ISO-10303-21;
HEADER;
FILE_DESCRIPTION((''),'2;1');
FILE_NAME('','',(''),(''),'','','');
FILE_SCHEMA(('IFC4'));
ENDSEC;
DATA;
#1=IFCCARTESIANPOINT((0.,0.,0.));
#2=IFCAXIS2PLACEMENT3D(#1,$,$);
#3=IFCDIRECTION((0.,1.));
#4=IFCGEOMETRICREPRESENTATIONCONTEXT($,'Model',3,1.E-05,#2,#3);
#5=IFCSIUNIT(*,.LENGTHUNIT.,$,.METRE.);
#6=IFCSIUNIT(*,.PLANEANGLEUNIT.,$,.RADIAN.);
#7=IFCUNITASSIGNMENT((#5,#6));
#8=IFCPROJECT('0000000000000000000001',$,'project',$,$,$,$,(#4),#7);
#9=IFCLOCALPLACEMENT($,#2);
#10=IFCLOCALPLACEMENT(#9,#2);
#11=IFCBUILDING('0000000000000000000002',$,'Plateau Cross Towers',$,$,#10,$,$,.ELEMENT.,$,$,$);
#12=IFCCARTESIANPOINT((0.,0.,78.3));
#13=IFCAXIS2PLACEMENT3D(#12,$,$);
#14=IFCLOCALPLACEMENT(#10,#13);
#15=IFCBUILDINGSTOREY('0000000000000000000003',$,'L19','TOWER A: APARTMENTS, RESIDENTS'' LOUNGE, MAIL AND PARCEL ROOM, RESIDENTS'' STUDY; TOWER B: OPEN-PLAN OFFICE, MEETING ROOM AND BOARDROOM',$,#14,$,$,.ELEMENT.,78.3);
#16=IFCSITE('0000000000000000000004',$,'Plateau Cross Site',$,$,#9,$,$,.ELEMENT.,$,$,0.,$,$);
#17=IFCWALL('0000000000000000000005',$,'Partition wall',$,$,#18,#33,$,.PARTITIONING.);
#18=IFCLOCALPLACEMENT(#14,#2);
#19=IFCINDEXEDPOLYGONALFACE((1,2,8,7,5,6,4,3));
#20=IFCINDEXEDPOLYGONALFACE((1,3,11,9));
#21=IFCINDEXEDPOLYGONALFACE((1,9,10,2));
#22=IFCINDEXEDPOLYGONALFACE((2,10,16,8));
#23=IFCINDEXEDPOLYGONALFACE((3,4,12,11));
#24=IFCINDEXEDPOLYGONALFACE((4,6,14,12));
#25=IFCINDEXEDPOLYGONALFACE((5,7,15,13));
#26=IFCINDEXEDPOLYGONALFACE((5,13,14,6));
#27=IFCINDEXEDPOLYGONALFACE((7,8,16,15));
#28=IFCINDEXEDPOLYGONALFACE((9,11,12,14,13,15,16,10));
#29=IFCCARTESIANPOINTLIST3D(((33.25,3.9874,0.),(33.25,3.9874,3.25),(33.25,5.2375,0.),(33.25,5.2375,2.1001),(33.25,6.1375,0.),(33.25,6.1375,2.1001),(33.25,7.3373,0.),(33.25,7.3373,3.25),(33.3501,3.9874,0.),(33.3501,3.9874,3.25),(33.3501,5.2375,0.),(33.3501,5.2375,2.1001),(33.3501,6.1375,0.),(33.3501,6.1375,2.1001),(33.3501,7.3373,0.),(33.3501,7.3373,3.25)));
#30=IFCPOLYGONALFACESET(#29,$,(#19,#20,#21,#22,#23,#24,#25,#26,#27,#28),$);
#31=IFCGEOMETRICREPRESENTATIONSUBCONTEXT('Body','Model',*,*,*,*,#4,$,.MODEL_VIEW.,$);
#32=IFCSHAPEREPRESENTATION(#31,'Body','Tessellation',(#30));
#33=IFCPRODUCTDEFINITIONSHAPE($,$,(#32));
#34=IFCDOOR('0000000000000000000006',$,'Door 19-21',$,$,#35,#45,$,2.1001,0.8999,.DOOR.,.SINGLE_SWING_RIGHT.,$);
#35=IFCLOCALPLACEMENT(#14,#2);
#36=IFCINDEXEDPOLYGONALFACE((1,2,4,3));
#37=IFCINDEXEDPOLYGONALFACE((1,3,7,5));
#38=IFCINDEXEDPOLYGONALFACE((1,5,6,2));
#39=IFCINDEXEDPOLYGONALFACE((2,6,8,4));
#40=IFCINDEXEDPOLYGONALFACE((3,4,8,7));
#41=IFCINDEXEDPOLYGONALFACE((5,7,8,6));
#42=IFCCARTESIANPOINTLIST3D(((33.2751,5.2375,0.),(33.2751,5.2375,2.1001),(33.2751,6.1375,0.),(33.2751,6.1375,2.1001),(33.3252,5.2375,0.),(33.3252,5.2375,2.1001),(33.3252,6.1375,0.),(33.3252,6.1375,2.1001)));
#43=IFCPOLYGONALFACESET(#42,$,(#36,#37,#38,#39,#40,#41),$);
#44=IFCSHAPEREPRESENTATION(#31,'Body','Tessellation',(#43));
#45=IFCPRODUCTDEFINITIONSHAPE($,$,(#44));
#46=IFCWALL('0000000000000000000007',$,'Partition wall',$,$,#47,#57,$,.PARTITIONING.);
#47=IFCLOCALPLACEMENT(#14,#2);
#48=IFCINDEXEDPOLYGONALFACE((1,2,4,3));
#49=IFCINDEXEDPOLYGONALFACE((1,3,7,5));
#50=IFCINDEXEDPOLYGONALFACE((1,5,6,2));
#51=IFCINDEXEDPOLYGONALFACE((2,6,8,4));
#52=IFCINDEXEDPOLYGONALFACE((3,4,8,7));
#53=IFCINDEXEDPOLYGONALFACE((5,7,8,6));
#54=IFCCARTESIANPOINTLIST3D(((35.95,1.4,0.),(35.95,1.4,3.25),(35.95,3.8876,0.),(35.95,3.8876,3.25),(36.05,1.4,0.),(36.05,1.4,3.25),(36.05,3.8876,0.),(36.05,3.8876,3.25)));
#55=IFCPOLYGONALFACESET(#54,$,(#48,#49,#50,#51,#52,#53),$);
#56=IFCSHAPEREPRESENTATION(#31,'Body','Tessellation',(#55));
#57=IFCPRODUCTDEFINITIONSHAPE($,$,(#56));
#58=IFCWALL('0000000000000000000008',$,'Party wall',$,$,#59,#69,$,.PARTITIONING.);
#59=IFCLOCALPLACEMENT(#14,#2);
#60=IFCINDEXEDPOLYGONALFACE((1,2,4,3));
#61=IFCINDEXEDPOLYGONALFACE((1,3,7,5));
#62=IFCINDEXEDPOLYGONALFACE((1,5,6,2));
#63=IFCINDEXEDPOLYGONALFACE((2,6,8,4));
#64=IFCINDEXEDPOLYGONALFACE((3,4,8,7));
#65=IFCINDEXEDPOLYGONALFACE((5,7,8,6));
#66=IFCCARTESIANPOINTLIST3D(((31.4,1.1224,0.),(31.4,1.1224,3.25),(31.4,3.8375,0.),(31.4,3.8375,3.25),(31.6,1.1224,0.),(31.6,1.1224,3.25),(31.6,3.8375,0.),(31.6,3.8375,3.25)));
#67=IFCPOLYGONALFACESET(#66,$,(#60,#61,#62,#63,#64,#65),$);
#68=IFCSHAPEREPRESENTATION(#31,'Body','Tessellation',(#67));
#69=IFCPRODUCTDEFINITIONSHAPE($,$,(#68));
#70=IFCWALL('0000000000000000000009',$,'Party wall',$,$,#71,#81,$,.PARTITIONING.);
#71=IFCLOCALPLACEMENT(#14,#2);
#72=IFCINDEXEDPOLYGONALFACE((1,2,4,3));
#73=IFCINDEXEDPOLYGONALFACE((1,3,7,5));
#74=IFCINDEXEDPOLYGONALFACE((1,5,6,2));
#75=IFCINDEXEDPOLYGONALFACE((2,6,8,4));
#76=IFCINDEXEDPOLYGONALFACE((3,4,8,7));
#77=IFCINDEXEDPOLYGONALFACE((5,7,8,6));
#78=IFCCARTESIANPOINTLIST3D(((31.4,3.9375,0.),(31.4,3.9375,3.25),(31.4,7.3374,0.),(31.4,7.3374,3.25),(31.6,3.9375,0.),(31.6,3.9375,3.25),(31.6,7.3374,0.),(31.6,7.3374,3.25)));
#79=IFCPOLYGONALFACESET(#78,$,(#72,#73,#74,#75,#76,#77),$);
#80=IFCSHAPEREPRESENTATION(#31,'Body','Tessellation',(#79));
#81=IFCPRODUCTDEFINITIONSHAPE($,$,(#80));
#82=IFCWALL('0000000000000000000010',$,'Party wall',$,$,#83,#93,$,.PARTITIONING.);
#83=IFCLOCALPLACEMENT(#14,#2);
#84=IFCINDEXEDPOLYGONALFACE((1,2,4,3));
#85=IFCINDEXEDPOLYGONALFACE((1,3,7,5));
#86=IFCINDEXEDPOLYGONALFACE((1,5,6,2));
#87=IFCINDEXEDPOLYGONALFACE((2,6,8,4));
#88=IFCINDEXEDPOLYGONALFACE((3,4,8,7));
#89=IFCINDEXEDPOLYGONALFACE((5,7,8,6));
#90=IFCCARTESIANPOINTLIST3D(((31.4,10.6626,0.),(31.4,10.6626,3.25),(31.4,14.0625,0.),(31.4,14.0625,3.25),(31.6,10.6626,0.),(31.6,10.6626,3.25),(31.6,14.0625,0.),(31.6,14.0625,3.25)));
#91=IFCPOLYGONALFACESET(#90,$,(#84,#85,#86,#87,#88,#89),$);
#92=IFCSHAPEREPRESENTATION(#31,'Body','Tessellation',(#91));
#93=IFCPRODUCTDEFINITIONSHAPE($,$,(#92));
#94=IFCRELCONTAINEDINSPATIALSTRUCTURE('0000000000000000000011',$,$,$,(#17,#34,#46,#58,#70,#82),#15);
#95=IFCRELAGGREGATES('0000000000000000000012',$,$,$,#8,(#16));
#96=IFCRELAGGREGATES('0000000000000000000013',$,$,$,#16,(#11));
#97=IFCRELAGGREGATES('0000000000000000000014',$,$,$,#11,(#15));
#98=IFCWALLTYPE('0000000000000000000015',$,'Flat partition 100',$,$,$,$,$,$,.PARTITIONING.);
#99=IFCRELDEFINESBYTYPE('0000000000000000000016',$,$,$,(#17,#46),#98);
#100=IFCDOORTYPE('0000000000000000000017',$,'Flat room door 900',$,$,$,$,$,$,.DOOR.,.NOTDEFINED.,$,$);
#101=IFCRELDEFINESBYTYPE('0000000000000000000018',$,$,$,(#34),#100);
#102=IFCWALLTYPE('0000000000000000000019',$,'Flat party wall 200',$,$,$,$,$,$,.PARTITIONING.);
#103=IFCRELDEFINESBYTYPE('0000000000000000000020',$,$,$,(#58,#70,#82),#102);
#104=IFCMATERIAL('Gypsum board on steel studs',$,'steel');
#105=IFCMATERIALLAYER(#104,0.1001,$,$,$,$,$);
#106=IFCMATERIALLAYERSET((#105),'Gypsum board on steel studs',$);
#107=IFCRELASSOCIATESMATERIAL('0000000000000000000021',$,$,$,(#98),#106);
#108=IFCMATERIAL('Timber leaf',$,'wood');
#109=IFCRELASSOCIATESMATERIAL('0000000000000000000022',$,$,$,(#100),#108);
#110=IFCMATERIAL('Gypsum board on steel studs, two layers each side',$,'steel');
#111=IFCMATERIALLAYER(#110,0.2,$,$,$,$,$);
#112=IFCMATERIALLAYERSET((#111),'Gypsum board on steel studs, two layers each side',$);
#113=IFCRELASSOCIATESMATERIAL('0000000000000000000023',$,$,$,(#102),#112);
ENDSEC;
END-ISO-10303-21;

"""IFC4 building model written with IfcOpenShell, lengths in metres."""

from ifc_helpers import new_model, si_unit, direction, frame, frame_2d, origin, place, context, subcontext, project, spatial, rectangle, extrude, material, layer, layer_set, type_object, element, fill, save


model = new_model("IFC4")

# Units and contexts
model_context = context("Model", 3, precision=1e-05, world=origin(), true_north=direction((0.0, 1.0)))
body_context = subcontext(model_context, "Body", "Model", "MODEL_VIEW")
ifc_project = project(units=[si_unit("LENGTHUNIT", "METRE"), si_unit("PLANEANGLEUNIT", "RADIAN")], contexts=[model_context])

# Site, building, storey
site_placement = place(None, origin())
site = spatial("IfcSite", under=ifc_project, at=site_placement, Name="Plateau Cross Site", CompositionType="ELEMENT", RefElevation=0.0)
building_placement = place(site_placement, origin())
building = spatial("IfcBuilding", under=site, at=building_placement, Name="Plateau Cross Towers", CompositionType="ELEMENT")
storey_placement = place(building_placement, frame((0.0, 0.0, 78.3)))
storey = spatial("IfcBuildingStorey", under=building, at=storey_placement, Name="L19", Description="TOWER A: APARTMENTS, RESIDENTS' LOUNGE, MAIL AND PARCEL ROOM, RESIDENTS' STUDY; TOWER B: OPEN-PLAN OFFICE, MEETING ROOM AND BOARDROOM", CompositionType="ELEMENT", Elevation=78.3)

# Shared definitions
ifc_material_1 = material(Name="Gypsum board on steel studs", Category="steel")
ifc_layer_1 = layer(ifc_material_1, 0.1001)
ifc_layer_set_1 = layer_set([ifc_layer_1], Name="Gypsum board on steel studs")
wall_type_1 = type_object("IfcWallType", Name="Flat partition 100", PredefinedType="PARTITIONING", material=ifc_layer_set_1)

# Wall, opening, door
ifc_material_2 = material(Name="Timber leaf", Category="wood")
door_type = type_object("IfcDoorType", Name="Flat room door 900", OperationType="NOTDEFINED", PredefinedType="DOOR", material=ifc_material_2)
wall_1_placement = place(storey_placement, frame((33.3, 3.9875, 0.0), z_axis=(0.0, 0.0, 1.0), x_axis=(0.0, 1.0, 0.0)))
wall_1 = element("IfcWall", 1, at=wall_1_placement, inside=storey, type_object=wall_type_1, Name="Partition wall", PredefinedType="PARTITIONING", context=body_context, shape_type="SweptSolid", body=[
    extrude(rectangle(XDim=3.3499, YDim=0.1001, at=frame_2d((1.6748, 0.0))), origin(), (0.0, 0.0, 1.0), 3.25),
])
opening_1_placement = place(wall_1_placement, frame((1.25, 0.0, 0.0)))
opening_1 = element("IfcOpeningElement", 2, at=opening_1_placement, cuts=wall_1, PredefinedType="OPENING", context=body_context, shape_type="SweptSolid", body=[
    extrude(rectangle(XDim=0.8999, YDim=2.1001, at=frame_2d((0.45, 1.05))), frame((0.0, 0.0601, 0.0), z_axis=(0.0, -1.0, 0.0), x_axis=(1.0, 0.0, 0.0)), (0.0, 0.0, 1.0), 0.1201),
])
door_1_placement = place(opening_1_placement, origin())
door_1 = element("IfcDoor", 3, at=door_1_placement, inside=storey, type_object=door_type, Name="Door 19-21", OperationType="SINGLE_SWING_RIGHT", OverallHeight=2.1001, OverallWidth=0.8999, PredefinedType="DOOR", context=body_context, shape_type="SweptSolid", body=[
    extrude(rectangle(XDim=0.8999, YDim=2.1001, at=frame_2d((0.45, 1.05))), frame((0.0, 0.0249, 0.0), z_axis=(0.0, -1.0, 0.0), x_axis=(1.0, 0.0, 0.0)), (0.0, 0.0, 1.0), 0.05),
])
fill(opening_1, door_1)

# Walls
wall_2_placement = place(storey_placement, frame((36.0, 3.8875, 0.0), z_axis=(0.0, 0.0, 1.0), x_axis=(0.0, -1.0, 0.0)))
element("IfcWall", 4, at=wall_2_placement, inside=storey, type_object=wall_type_1, Name="Partition wall", PredefinedType="PARTITIONING", context=body_context, shape_type="SweptSolid", body=[
    extrude(rectangle(XDim=2.4875, YDim=0.1001, at=frame_2d((1.2437, 0.0))), origin(), (0.0, 0.0, 1.0), 3.25),
])
ifc_material_3 = material(Name="Gypsum board on steel studs, two layers each side", Category="steel")
ifc_layer_2 = layer(ifc_material_3, 0.2)
ifc_layer_set_2 = layer_set([ifc_layer_2], Name="Gypsum board on steel studs, two layers each side")
wall_type_2 = type_object("IfcWallType", Name="Flat party wall 200", PredefinedType="PARTITIONING", material=ifc_layer_set_2)
wall_3_placement = place(storey_placement, frame((31.5, 3.8374, 0.0), z_axis=(0.0, 0.0, 1.0), x_axis=(0.0, -1.0, 0.0)))
element("IfcWall", 5, at=wall_3_placement, inside=storey, type_object=wall_type_2, Name="Party wall", PredefinedType="PARTITIONING", context=body_context, shape_type="SweptSolid", body=[
    extrude(rectangle(XDim=2.7151, YDim=0.2, at=frame_2d((1.3574, 0.0))), origin(), (0.0, 0.0, 1.0), 3.25),
])
for number, where, z_axis, x_axis, name in (
    (6, (31.5, 3.9375, 0.0), (0.0, 0.0, 1.0), (0.0, 1.0, 0.0), "Party wall"),
    (7, (31.5, 10.6626, 0.0), (0.0, 0.0, 1.0), (0.0, 1.0, 0.0), "Party wall"),
):
    element("IfcWall", number, at=place(storey_placement, frame(where, z_axis=z_axis, x_axis=x_axis)), inside=storey, type_object=wall_type_2, Name=name, PredefinedType="PARTITIONING", context=body_context, shape_type="SweptSolid", body=[
        extrude(rectangle(XDim=3.3999, YDim=0.2, at=frame_2d((1.7, 0.0))), origin(), (0.0, 0.0, 1.0), 3.25),
    ])

save(model, "model.ifc")
